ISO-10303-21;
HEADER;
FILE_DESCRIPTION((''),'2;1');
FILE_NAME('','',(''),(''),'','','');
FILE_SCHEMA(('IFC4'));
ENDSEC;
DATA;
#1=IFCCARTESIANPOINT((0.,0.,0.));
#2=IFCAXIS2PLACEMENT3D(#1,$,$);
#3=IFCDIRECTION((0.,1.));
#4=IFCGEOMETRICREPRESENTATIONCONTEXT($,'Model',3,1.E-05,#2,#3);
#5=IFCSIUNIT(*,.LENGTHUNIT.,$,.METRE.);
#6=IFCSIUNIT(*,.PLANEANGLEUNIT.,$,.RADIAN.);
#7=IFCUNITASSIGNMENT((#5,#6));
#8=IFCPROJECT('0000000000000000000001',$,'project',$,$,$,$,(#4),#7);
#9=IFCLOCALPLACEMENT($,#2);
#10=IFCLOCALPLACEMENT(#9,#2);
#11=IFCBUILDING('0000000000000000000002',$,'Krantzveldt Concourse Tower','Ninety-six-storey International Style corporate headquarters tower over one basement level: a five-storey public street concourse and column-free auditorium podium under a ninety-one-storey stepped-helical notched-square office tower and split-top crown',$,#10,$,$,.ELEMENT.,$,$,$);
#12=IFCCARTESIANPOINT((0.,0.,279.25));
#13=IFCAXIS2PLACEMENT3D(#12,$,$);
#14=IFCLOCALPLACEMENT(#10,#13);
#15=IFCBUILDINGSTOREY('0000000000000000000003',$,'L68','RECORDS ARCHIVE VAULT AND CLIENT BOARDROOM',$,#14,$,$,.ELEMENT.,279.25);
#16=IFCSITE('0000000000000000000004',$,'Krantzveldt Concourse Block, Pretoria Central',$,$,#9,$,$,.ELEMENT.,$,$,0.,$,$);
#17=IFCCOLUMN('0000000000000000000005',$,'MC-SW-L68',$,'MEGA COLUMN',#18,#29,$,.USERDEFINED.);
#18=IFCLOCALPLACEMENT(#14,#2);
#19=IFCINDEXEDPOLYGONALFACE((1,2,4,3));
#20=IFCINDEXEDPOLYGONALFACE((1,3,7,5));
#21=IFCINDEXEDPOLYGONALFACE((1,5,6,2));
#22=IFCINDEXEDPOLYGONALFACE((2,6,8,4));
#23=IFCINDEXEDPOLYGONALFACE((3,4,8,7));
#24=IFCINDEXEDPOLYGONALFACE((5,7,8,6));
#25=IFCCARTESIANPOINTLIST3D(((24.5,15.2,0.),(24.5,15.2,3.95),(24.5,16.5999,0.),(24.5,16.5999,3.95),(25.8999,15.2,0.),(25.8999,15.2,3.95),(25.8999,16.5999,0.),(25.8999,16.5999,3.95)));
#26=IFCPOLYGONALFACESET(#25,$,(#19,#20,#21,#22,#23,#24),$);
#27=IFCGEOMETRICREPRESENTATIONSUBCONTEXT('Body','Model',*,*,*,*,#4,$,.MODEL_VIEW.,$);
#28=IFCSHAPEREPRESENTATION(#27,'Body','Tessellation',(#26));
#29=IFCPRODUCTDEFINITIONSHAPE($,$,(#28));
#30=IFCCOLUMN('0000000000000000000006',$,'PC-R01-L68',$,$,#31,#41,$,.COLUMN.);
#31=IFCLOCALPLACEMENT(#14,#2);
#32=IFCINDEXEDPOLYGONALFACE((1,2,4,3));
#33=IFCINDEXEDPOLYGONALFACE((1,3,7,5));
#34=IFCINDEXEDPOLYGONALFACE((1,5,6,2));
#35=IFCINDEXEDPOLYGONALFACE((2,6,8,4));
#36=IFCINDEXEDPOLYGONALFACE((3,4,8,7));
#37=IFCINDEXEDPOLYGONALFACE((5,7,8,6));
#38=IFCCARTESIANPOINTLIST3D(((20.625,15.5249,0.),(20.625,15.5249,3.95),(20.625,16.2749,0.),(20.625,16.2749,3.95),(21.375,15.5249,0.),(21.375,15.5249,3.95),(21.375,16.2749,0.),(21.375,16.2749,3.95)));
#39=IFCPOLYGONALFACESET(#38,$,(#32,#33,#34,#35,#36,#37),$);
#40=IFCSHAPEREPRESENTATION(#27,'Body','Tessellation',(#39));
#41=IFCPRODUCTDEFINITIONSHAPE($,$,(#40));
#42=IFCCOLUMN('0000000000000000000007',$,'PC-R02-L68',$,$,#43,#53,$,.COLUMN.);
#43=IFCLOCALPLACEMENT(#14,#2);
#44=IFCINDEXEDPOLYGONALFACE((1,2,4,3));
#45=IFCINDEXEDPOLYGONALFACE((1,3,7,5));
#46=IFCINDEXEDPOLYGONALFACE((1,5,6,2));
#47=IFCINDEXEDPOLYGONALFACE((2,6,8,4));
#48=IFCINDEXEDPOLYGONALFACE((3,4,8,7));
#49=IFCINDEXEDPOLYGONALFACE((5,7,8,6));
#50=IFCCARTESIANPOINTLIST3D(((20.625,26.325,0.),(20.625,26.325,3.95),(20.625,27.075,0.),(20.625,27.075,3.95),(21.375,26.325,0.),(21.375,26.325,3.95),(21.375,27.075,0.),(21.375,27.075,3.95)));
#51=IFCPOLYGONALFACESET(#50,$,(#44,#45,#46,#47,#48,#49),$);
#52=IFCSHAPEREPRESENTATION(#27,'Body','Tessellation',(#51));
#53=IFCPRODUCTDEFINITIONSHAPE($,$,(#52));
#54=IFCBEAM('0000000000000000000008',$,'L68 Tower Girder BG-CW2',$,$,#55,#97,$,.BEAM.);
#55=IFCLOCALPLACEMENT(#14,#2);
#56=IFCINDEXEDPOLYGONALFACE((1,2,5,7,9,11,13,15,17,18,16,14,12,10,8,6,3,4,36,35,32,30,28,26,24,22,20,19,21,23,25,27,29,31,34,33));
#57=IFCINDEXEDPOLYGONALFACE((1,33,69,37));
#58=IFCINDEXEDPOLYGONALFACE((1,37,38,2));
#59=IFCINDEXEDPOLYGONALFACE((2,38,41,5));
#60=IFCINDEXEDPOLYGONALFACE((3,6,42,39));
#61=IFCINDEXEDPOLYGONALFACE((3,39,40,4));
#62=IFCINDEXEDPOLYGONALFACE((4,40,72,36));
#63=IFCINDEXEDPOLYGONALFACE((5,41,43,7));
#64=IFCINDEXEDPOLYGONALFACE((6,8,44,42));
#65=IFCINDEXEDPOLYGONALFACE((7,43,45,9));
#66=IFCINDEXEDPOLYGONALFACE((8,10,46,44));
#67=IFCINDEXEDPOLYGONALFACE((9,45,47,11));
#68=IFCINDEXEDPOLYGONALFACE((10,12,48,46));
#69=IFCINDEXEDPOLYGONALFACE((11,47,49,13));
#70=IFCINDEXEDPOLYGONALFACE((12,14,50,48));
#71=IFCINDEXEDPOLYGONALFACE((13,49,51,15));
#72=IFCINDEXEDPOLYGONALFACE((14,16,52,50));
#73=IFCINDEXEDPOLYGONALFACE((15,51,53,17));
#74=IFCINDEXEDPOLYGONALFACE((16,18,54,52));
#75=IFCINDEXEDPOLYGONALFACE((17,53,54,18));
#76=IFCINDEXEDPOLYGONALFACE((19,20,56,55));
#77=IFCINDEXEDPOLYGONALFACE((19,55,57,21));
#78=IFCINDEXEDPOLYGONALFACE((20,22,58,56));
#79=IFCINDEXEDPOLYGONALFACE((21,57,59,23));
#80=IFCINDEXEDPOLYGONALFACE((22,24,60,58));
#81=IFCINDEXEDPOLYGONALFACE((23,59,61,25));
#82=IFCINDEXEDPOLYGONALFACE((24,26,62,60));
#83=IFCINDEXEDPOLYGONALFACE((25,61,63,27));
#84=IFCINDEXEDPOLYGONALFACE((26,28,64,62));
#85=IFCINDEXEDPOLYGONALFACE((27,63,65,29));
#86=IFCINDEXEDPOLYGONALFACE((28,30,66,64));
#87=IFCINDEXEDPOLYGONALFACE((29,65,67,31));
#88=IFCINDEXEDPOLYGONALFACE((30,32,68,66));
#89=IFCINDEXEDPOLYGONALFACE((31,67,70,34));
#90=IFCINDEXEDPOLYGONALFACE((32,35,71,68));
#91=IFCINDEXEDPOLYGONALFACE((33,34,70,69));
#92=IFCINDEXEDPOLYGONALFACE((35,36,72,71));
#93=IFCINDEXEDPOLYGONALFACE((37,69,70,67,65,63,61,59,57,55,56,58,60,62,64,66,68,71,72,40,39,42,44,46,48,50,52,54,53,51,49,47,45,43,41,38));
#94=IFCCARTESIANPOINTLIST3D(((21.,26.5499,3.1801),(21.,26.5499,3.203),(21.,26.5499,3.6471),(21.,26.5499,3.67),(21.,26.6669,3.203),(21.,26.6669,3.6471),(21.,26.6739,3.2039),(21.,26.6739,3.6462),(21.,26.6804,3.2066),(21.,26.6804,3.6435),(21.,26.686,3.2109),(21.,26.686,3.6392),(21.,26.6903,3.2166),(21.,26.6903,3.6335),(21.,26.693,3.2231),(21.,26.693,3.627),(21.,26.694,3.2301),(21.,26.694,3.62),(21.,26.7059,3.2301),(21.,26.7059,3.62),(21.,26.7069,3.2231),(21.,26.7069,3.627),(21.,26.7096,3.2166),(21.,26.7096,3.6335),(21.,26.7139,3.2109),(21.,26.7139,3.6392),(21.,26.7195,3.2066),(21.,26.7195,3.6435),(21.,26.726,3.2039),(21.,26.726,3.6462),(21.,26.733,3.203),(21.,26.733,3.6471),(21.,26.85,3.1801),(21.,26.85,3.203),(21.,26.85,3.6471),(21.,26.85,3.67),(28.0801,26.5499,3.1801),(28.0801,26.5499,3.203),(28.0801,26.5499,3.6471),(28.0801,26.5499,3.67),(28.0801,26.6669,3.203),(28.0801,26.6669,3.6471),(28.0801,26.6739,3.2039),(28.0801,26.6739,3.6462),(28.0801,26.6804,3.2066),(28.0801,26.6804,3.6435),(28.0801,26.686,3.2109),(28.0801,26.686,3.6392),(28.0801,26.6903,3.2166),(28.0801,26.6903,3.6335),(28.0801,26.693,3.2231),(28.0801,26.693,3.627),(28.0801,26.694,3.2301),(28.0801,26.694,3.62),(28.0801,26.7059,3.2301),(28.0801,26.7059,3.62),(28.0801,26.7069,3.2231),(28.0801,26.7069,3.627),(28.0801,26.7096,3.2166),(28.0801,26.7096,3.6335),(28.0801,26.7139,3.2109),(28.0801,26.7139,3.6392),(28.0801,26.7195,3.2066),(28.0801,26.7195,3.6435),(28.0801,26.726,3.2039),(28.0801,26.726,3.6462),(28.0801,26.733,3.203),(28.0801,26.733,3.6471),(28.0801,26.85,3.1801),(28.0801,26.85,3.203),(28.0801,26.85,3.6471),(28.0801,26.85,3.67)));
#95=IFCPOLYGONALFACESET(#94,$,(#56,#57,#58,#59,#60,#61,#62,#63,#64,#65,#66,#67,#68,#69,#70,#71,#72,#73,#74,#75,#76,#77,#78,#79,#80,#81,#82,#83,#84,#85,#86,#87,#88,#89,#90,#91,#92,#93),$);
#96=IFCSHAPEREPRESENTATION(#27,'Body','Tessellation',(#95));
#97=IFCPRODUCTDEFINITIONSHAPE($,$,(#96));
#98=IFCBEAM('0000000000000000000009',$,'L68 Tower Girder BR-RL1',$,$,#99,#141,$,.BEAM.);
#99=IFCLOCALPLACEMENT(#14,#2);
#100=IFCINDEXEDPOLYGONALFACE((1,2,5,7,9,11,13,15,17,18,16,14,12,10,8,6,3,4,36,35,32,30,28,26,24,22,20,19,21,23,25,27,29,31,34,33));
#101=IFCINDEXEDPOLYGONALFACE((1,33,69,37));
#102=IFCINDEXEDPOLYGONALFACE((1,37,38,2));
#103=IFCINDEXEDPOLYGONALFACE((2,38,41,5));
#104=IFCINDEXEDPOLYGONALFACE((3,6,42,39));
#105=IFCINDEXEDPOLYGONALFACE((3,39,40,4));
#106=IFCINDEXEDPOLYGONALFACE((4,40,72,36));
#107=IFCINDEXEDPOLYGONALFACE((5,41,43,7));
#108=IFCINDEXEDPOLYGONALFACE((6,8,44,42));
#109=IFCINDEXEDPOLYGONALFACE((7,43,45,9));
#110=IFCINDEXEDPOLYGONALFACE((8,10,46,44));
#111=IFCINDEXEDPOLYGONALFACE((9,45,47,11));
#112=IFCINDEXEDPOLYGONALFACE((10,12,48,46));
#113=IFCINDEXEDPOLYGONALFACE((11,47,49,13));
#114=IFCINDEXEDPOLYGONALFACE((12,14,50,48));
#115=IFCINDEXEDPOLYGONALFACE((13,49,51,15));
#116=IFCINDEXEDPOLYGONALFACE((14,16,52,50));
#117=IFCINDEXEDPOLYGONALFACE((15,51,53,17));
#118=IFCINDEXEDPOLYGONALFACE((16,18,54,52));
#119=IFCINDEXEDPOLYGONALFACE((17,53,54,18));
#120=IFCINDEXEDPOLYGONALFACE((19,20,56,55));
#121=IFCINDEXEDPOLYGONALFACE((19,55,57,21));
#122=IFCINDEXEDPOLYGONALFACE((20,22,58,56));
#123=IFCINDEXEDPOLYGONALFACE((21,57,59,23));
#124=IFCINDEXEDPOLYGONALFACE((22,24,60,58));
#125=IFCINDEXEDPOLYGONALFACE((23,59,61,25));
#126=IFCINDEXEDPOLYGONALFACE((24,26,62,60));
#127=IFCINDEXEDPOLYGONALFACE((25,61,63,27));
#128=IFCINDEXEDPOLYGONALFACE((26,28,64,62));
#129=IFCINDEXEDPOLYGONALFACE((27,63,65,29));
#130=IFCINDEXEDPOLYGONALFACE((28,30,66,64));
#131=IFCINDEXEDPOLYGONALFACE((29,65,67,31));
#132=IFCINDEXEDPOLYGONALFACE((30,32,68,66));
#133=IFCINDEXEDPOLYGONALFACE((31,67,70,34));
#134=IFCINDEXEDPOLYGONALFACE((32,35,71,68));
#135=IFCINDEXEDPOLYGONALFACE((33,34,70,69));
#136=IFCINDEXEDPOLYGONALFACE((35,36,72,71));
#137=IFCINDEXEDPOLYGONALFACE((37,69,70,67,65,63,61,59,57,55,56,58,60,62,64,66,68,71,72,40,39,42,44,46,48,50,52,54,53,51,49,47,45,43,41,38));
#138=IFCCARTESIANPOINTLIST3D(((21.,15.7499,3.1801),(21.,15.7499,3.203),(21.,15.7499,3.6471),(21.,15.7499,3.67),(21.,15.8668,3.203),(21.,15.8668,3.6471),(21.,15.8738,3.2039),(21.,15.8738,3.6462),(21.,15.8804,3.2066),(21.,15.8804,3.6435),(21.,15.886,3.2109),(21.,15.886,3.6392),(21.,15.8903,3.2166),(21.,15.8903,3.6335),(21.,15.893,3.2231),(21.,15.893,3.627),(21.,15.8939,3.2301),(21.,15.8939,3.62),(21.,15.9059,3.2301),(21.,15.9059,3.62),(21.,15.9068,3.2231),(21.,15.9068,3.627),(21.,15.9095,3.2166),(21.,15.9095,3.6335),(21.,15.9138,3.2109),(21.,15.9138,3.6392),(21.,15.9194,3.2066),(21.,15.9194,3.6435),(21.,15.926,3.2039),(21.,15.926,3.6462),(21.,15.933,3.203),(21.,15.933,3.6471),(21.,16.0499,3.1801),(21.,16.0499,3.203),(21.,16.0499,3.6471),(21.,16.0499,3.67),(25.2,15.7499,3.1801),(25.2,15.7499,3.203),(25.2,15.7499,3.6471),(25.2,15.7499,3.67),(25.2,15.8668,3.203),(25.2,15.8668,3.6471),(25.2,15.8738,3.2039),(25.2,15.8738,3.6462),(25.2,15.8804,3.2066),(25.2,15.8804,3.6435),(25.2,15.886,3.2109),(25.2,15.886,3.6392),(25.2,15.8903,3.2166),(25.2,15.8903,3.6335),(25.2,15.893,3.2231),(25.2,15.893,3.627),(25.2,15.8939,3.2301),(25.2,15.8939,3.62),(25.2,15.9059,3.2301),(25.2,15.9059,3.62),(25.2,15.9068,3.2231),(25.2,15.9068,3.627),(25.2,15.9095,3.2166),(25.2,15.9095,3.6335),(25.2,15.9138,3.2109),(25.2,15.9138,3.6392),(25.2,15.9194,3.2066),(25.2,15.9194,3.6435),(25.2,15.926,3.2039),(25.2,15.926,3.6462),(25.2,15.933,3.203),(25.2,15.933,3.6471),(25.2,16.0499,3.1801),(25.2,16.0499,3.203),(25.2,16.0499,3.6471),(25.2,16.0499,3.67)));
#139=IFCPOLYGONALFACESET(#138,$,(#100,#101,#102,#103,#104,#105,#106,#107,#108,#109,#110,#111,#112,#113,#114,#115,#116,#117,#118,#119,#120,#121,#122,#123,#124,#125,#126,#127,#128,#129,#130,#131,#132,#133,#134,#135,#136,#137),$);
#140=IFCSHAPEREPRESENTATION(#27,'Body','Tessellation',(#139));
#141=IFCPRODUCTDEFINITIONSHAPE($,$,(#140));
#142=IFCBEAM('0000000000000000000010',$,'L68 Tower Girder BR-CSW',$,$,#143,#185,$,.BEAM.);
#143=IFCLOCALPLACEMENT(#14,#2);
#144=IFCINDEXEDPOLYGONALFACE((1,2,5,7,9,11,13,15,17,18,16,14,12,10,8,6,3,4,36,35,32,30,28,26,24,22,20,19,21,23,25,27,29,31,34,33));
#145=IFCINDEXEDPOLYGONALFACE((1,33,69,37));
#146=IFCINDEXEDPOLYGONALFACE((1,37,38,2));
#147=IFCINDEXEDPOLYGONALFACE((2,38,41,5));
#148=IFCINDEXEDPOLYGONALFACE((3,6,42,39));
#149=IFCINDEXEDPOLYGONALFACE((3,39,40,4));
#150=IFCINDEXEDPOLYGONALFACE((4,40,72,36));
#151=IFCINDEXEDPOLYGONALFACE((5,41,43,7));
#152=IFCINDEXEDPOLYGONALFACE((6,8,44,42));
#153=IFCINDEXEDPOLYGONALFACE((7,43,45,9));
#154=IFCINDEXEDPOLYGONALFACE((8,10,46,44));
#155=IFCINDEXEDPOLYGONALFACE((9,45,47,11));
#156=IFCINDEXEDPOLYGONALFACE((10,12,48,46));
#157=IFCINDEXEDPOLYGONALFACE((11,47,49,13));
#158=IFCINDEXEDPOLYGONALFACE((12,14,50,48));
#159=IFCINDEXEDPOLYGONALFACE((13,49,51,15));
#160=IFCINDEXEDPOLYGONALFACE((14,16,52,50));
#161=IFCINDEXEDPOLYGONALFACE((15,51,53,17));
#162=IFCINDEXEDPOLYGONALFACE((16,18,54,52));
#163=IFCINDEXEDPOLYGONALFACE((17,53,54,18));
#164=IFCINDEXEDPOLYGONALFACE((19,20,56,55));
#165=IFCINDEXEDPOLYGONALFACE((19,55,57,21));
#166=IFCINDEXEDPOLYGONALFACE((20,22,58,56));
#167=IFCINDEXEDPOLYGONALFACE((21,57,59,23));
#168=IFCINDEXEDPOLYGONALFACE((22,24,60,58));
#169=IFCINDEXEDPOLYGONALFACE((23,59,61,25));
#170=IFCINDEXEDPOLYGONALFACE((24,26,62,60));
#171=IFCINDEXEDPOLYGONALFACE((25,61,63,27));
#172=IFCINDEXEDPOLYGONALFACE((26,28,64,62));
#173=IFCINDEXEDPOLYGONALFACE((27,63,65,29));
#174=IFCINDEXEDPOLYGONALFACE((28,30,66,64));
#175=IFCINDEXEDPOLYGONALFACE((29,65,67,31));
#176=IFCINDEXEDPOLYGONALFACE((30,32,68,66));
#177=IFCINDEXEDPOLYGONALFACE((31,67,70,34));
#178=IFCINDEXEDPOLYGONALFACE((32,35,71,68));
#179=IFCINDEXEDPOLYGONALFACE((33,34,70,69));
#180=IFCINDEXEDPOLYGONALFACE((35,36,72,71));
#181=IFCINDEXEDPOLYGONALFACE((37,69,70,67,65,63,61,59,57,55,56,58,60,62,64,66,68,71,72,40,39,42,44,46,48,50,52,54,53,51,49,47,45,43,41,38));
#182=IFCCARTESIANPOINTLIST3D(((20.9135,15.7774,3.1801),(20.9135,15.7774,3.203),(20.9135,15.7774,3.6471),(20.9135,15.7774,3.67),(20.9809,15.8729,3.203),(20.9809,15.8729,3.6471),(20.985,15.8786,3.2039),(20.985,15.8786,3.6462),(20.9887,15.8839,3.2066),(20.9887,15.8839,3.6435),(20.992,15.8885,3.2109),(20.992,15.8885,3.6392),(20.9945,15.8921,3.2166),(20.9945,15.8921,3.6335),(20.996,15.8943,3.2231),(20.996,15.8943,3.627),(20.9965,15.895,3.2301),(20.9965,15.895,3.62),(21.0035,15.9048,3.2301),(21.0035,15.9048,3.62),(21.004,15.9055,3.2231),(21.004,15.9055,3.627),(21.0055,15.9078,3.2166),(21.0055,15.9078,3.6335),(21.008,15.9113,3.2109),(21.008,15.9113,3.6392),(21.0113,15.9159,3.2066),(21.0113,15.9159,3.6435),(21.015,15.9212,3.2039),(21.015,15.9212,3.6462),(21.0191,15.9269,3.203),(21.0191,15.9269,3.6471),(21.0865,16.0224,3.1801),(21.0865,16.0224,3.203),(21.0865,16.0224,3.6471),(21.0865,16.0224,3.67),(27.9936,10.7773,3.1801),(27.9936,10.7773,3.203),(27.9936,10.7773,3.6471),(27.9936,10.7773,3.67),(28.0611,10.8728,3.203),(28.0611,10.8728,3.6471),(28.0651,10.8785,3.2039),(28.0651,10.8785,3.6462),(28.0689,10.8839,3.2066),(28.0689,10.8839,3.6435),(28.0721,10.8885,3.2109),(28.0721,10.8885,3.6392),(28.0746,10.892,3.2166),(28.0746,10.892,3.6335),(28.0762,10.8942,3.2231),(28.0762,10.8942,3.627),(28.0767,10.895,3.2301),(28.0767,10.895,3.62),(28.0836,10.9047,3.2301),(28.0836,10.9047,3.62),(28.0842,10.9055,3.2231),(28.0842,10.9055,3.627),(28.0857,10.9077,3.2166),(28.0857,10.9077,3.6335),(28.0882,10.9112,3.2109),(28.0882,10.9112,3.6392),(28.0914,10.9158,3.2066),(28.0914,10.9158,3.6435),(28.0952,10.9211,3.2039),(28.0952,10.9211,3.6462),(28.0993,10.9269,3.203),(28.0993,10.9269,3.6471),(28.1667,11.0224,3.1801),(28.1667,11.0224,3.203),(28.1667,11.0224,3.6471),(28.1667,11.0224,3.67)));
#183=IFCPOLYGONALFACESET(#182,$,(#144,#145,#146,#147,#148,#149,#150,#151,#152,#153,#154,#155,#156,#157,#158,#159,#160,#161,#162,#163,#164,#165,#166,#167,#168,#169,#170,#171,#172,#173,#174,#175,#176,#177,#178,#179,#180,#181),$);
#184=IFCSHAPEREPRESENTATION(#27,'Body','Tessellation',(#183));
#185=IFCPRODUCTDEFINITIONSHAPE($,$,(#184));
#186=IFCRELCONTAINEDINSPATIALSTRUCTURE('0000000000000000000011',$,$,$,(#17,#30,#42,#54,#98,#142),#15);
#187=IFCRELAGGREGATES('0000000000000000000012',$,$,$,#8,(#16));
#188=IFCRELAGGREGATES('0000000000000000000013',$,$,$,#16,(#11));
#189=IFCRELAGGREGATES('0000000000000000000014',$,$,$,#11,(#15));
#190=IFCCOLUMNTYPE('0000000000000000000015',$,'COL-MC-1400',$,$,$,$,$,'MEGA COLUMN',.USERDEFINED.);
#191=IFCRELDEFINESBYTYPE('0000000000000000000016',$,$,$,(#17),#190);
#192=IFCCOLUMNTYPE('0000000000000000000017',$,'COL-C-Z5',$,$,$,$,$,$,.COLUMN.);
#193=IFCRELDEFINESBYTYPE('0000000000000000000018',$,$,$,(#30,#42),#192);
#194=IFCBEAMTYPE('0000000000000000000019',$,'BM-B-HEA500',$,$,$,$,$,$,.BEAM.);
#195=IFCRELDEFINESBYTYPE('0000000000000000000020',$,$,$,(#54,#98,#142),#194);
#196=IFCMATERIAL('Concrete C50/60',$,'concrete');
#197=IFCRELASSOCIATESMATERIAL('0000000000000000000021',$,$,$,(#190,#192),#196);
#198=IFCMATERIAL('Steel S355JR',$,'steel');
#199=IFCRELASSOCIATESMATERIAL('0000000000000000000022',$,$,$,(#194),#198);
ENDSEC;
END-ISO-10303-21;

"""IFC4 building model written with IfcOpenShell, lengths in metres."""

from ifc_helpers import new_model, si_unit, direction, frame, origin, origin_2d, place, context, subcontext, project, spatial, rectangle, i_section, extrude, source, transform, mapped, material, material_profile, profile_set, type_object, type_shapes, element, save


model = new_model("IFC4")

# Units and contexts
model_context = context("Model", 3, precision=1e-05, world=origin(), true_north=direction((0.0, 1.0)))
body_context = subcontext(model_context, "Body", "Model", "MODEL_VIEW")
ifc_project = project(units=[si_unit("LENGTHUNIT", "METRE"), si_unit("PLANEANGLEUNIT", "RADIAN")], contexts=[model_context])

# Site, building, storey
site_placement = place(None, origin())
site = spatial("IfcSite", under=ifc_project, at=site_placement, Name="Krantzveldt Concourse Block, Pretoria Central", CompositionType="ELEMENT", RefElevation=0.0)
building_placement = place(site_placement, origin())
building = spatial("IfcBuilding", under=site, at=building_placement, Name="Krantzveldt Concourse Tower", Description="Ninety-six-storey International Style corporate headquarters tower over one basement level: a five-storey public street concourse and column-free auditorium podium under a ninety-one-storey stepped-helical notched-square office tower and split-top crown", CompositionType="ELEMENT")
storey_placement = place(building_placement, frame((0.0, 0.0, 279.25)))
storey = spatial("IfcBuildingStorey", under=building, at=storey_placement, Name="L68", Description="RECORDS ARCHIVE VAULT AND CLIENT BOARDROOM", CompositionType="ELEMENT", Elevation=279.25)

# Columns
ifc_material_1 = material(Name="Concrete C50/60", Category="concrete")
ifc_material_profile_1 = material_profile(ifc_material_1, rectangle(XDim=1.3999, YDim=1.3999, at=origin_2d()), Name="Concrete C50/60", Category="concrete")
ifc_profile_set_1 = profile_set([ifc_material_profile_1], Name="Concrete C50/60 - RC 1400x1400")
column_type_1 = type_object("IfcColumnType", Name="COL-MC-1400", ElementType="MEGA COLUMN", PredefinedType="USERDEFINED", material=ifc_profile_set_1)
shared_shape_1 = source(origin(), body_context, "Body", "SweptSolid", [
    extrude(rectangle(XDim=1.3999, YDim=1.3999, at=origin_2d()), origin(), (0.0, 0.0, 1.0), 3.95),
])
type_shapes(column_type_1, [shared_shape_1])
column_placement = place(storey_placement, frame((25.2, 15.8999, 0.0), z_axis=(0.0, 0.0, 1.0), x_axis=(1.0, 0.0, 0.0)))
element("IfcColumn", 1, at=column_placement, inside=storey, type_object=column_type_1, Name="MC-SW-L68", ObjectType="MEGA COLUMN", PredefinedType="USERDEFINED", context=body_context, shape_type="MappedRepresentation", body=[
    mapped(shared_shape_1, transform((0.0, 0.0, 0.0), x_axis=(1.0, 0.0, 0.0), y_axis=(0.0, 1.0, 0.0), z_axis=(0.0, 0.0, 1.0), scale=1.0)),
])
ifc_material_profile_2 = material_profile(ifc_material_1, rectangle(XDim=0.75, YDim=0.75, at=origin_2d()), Name="Concrete C50/60", Category="concrete")
ifc_profile_set_2 = profile_set([ifc_material_profile_2], Name="Concrete C50/60 - RC 750x750")
column_type_2 = type_object("IfcColumnType", Name="COL-C-Z5", PredefinedType="COLUMN", material=ifc_profile_set_2)
shared_shape_2 = source(origin(), body_context, "Body", "SweptSolid", [
    extrude(rectangle(XDim=0.75, YDim=0.75, at=origin_2d()), origin(), (0.0, 0.0, 1.0), 3.95),
])
type_shapes(column_type_2, [shared_shape_2])
for number, where, z_axis, x_axis, name in (
    (2, (21.0, 15.8999, 0.0), (0.0, 0.0, 1.0), (1.0, 0.0, 0.0), "PC-R01-L68"),
    (3, (21.0, 26.7, 0.0), (0.0, 0.0, 1.0), (1.0, 0.0, 0.0), "PC-R02-L68"),
):
    element("IfcColumn", number, at=place(storey_placement, frame(where, z_axis=z_axis, x_axis=x_axis)), inside=storey, type_object=column_type_2, Name=name, PredefinedType="COLUMN", context=body_context, shape_type="MappedRepresentation", body=[
        mapped(shared_shape_2, transform((0.0, 0.0, 0.0), x_axis=(1.0, 0.0, 0.0), y_axis=(0.0, 1.0, 0.0), z_axis=(0.0, 0.0, 1.0), scale=1.0)),
    ])

# Beams
ifc_material_2 = material(Name="Steel S355JR", Category="steel")
ifc_material_profile_3 = material_profile(ifc_material_2, i_section(OverallWidth=0.3, OverallDepth=0.49, WebThickness=0.012, FlangeThickness=0.0229, FilletRadius=0.0271, at=origin_2d()), Name="Steel S355JR", Category="steel")
ifc_profile_set_3 = profile_set([ifc_material_profile_3], Name="Steel S355JR - HEA 500")
beam_type_1 = type_object("IfcBeamType", Name="BM-B-HEA500", PredefinedType="BEAM", material=ifc_profile_set_3)
shared_shape_3 = source(origin(), body_context, "Body", "SweptSolid", [
    extrude(i_section(OverallWidth=0.3, OverallDepth=0.49, WebThickness=0.012, FlangeThickness=0.0229, FilletRadius=0.0271, at=origin_2d()), origin(), (0.0, 0.0, 1.0), 7.0801),
])
beam_1_placement = place(storey_placement, frame((21.0, 26.7, 3.425), z_axis=(1.0, 0.0, 0.0), x_axis=(0.0, 1.0, 0.0)))
element("IfcBeam", 4, at=beam_1_placement, inside=storey, type_object=beam_type_1, Name="L68 Tower Girder BG-CW2", PredefinedType="BEAM", context=body_context, shape_type="MappedRepresentation", body=[
    mapped(shared_shape_3, transform((0.0, 0.0, 0.0), x_axis=(1.0, 0.0, 0.0), y_axis=(0.0, 1.0, 0.0), z_axis=(0.0, 0.0, 1.0), scale=1.0)),
])
shared_shape_4 = source(origin(), body_context, "Body", "SweptSolid", [
    extrude(i_section(OverallWidth=0.3, OverallDepth=0.49, WebThickness=0.012, FlangeThickness=0.0229, FilletRadius=0.0271, at=origin_2d()), origin(), (0.0, 0.0, 1.0), 4.2),
])
beam_2_placement = place(storey_placement, frame((21.0, 15.8999, 3.425), z_axis=(1.0, 0.0, 0.0), x_axis=(0.0, 1.0, 0.0)))
element("IfcBeam", 5, at=beam_2_placement, inside=storey, type_object=beam_type_1, Name="L68 Tower Girder BR-RL1", PredefinedType="BEAM", context=body_context, shape_type="MappedRepresentation", body=[
    mapped(shared_shape_4, transform((0.0, 0.0, 0.0), x_axis=(1.0, 0.0, 0.0), y_axis=(0.0, 1.0, 0.0), z_axis=(0.0, 0.0, 1.0), scale=1.0)),
])
shared_shape_5 = source(origin(), body_context, "Body", "SweptSolid", [
    extrude(i_section(OverallWidth=0.3, OverallDepth=0.49, WebThickness=0.012, FlangeThickness=0.0229, FilletRadius=0.0271, at=origin_2d()), origin(), (0.0, 0.0, 1.0), 8.6677),
])
type_shapes(beam_type_1, [shared_shape_3, shared_shape_4, shared_shape_5])
beam_3_placement = place(storey_placement, frame((21.0, 15.8999, 3.425), z_axis=(0.816843, -0.57686, 0.0), x_axis=(0.57686, 0.816843, 0.0)))
element("IfcBeam", 6, at=beam_3_placement, inside=storey, type_object=beam_type_1, Name="L68 Tower Girder BR-CSW", PredefinedType="BEAM", context=body_context, shape_type="MappedRepresentation", body=[
    mapped(shared_shape_5, transform((0.0, 0.0, 0.0), x_axis=(1.0, 0.0, 0.0), y_axis=(0.0, 1.0, 0.0), z_axis=(0.0, 0.0, 1.0), scale=1.0)),
])

save(model, "model.ifc")
